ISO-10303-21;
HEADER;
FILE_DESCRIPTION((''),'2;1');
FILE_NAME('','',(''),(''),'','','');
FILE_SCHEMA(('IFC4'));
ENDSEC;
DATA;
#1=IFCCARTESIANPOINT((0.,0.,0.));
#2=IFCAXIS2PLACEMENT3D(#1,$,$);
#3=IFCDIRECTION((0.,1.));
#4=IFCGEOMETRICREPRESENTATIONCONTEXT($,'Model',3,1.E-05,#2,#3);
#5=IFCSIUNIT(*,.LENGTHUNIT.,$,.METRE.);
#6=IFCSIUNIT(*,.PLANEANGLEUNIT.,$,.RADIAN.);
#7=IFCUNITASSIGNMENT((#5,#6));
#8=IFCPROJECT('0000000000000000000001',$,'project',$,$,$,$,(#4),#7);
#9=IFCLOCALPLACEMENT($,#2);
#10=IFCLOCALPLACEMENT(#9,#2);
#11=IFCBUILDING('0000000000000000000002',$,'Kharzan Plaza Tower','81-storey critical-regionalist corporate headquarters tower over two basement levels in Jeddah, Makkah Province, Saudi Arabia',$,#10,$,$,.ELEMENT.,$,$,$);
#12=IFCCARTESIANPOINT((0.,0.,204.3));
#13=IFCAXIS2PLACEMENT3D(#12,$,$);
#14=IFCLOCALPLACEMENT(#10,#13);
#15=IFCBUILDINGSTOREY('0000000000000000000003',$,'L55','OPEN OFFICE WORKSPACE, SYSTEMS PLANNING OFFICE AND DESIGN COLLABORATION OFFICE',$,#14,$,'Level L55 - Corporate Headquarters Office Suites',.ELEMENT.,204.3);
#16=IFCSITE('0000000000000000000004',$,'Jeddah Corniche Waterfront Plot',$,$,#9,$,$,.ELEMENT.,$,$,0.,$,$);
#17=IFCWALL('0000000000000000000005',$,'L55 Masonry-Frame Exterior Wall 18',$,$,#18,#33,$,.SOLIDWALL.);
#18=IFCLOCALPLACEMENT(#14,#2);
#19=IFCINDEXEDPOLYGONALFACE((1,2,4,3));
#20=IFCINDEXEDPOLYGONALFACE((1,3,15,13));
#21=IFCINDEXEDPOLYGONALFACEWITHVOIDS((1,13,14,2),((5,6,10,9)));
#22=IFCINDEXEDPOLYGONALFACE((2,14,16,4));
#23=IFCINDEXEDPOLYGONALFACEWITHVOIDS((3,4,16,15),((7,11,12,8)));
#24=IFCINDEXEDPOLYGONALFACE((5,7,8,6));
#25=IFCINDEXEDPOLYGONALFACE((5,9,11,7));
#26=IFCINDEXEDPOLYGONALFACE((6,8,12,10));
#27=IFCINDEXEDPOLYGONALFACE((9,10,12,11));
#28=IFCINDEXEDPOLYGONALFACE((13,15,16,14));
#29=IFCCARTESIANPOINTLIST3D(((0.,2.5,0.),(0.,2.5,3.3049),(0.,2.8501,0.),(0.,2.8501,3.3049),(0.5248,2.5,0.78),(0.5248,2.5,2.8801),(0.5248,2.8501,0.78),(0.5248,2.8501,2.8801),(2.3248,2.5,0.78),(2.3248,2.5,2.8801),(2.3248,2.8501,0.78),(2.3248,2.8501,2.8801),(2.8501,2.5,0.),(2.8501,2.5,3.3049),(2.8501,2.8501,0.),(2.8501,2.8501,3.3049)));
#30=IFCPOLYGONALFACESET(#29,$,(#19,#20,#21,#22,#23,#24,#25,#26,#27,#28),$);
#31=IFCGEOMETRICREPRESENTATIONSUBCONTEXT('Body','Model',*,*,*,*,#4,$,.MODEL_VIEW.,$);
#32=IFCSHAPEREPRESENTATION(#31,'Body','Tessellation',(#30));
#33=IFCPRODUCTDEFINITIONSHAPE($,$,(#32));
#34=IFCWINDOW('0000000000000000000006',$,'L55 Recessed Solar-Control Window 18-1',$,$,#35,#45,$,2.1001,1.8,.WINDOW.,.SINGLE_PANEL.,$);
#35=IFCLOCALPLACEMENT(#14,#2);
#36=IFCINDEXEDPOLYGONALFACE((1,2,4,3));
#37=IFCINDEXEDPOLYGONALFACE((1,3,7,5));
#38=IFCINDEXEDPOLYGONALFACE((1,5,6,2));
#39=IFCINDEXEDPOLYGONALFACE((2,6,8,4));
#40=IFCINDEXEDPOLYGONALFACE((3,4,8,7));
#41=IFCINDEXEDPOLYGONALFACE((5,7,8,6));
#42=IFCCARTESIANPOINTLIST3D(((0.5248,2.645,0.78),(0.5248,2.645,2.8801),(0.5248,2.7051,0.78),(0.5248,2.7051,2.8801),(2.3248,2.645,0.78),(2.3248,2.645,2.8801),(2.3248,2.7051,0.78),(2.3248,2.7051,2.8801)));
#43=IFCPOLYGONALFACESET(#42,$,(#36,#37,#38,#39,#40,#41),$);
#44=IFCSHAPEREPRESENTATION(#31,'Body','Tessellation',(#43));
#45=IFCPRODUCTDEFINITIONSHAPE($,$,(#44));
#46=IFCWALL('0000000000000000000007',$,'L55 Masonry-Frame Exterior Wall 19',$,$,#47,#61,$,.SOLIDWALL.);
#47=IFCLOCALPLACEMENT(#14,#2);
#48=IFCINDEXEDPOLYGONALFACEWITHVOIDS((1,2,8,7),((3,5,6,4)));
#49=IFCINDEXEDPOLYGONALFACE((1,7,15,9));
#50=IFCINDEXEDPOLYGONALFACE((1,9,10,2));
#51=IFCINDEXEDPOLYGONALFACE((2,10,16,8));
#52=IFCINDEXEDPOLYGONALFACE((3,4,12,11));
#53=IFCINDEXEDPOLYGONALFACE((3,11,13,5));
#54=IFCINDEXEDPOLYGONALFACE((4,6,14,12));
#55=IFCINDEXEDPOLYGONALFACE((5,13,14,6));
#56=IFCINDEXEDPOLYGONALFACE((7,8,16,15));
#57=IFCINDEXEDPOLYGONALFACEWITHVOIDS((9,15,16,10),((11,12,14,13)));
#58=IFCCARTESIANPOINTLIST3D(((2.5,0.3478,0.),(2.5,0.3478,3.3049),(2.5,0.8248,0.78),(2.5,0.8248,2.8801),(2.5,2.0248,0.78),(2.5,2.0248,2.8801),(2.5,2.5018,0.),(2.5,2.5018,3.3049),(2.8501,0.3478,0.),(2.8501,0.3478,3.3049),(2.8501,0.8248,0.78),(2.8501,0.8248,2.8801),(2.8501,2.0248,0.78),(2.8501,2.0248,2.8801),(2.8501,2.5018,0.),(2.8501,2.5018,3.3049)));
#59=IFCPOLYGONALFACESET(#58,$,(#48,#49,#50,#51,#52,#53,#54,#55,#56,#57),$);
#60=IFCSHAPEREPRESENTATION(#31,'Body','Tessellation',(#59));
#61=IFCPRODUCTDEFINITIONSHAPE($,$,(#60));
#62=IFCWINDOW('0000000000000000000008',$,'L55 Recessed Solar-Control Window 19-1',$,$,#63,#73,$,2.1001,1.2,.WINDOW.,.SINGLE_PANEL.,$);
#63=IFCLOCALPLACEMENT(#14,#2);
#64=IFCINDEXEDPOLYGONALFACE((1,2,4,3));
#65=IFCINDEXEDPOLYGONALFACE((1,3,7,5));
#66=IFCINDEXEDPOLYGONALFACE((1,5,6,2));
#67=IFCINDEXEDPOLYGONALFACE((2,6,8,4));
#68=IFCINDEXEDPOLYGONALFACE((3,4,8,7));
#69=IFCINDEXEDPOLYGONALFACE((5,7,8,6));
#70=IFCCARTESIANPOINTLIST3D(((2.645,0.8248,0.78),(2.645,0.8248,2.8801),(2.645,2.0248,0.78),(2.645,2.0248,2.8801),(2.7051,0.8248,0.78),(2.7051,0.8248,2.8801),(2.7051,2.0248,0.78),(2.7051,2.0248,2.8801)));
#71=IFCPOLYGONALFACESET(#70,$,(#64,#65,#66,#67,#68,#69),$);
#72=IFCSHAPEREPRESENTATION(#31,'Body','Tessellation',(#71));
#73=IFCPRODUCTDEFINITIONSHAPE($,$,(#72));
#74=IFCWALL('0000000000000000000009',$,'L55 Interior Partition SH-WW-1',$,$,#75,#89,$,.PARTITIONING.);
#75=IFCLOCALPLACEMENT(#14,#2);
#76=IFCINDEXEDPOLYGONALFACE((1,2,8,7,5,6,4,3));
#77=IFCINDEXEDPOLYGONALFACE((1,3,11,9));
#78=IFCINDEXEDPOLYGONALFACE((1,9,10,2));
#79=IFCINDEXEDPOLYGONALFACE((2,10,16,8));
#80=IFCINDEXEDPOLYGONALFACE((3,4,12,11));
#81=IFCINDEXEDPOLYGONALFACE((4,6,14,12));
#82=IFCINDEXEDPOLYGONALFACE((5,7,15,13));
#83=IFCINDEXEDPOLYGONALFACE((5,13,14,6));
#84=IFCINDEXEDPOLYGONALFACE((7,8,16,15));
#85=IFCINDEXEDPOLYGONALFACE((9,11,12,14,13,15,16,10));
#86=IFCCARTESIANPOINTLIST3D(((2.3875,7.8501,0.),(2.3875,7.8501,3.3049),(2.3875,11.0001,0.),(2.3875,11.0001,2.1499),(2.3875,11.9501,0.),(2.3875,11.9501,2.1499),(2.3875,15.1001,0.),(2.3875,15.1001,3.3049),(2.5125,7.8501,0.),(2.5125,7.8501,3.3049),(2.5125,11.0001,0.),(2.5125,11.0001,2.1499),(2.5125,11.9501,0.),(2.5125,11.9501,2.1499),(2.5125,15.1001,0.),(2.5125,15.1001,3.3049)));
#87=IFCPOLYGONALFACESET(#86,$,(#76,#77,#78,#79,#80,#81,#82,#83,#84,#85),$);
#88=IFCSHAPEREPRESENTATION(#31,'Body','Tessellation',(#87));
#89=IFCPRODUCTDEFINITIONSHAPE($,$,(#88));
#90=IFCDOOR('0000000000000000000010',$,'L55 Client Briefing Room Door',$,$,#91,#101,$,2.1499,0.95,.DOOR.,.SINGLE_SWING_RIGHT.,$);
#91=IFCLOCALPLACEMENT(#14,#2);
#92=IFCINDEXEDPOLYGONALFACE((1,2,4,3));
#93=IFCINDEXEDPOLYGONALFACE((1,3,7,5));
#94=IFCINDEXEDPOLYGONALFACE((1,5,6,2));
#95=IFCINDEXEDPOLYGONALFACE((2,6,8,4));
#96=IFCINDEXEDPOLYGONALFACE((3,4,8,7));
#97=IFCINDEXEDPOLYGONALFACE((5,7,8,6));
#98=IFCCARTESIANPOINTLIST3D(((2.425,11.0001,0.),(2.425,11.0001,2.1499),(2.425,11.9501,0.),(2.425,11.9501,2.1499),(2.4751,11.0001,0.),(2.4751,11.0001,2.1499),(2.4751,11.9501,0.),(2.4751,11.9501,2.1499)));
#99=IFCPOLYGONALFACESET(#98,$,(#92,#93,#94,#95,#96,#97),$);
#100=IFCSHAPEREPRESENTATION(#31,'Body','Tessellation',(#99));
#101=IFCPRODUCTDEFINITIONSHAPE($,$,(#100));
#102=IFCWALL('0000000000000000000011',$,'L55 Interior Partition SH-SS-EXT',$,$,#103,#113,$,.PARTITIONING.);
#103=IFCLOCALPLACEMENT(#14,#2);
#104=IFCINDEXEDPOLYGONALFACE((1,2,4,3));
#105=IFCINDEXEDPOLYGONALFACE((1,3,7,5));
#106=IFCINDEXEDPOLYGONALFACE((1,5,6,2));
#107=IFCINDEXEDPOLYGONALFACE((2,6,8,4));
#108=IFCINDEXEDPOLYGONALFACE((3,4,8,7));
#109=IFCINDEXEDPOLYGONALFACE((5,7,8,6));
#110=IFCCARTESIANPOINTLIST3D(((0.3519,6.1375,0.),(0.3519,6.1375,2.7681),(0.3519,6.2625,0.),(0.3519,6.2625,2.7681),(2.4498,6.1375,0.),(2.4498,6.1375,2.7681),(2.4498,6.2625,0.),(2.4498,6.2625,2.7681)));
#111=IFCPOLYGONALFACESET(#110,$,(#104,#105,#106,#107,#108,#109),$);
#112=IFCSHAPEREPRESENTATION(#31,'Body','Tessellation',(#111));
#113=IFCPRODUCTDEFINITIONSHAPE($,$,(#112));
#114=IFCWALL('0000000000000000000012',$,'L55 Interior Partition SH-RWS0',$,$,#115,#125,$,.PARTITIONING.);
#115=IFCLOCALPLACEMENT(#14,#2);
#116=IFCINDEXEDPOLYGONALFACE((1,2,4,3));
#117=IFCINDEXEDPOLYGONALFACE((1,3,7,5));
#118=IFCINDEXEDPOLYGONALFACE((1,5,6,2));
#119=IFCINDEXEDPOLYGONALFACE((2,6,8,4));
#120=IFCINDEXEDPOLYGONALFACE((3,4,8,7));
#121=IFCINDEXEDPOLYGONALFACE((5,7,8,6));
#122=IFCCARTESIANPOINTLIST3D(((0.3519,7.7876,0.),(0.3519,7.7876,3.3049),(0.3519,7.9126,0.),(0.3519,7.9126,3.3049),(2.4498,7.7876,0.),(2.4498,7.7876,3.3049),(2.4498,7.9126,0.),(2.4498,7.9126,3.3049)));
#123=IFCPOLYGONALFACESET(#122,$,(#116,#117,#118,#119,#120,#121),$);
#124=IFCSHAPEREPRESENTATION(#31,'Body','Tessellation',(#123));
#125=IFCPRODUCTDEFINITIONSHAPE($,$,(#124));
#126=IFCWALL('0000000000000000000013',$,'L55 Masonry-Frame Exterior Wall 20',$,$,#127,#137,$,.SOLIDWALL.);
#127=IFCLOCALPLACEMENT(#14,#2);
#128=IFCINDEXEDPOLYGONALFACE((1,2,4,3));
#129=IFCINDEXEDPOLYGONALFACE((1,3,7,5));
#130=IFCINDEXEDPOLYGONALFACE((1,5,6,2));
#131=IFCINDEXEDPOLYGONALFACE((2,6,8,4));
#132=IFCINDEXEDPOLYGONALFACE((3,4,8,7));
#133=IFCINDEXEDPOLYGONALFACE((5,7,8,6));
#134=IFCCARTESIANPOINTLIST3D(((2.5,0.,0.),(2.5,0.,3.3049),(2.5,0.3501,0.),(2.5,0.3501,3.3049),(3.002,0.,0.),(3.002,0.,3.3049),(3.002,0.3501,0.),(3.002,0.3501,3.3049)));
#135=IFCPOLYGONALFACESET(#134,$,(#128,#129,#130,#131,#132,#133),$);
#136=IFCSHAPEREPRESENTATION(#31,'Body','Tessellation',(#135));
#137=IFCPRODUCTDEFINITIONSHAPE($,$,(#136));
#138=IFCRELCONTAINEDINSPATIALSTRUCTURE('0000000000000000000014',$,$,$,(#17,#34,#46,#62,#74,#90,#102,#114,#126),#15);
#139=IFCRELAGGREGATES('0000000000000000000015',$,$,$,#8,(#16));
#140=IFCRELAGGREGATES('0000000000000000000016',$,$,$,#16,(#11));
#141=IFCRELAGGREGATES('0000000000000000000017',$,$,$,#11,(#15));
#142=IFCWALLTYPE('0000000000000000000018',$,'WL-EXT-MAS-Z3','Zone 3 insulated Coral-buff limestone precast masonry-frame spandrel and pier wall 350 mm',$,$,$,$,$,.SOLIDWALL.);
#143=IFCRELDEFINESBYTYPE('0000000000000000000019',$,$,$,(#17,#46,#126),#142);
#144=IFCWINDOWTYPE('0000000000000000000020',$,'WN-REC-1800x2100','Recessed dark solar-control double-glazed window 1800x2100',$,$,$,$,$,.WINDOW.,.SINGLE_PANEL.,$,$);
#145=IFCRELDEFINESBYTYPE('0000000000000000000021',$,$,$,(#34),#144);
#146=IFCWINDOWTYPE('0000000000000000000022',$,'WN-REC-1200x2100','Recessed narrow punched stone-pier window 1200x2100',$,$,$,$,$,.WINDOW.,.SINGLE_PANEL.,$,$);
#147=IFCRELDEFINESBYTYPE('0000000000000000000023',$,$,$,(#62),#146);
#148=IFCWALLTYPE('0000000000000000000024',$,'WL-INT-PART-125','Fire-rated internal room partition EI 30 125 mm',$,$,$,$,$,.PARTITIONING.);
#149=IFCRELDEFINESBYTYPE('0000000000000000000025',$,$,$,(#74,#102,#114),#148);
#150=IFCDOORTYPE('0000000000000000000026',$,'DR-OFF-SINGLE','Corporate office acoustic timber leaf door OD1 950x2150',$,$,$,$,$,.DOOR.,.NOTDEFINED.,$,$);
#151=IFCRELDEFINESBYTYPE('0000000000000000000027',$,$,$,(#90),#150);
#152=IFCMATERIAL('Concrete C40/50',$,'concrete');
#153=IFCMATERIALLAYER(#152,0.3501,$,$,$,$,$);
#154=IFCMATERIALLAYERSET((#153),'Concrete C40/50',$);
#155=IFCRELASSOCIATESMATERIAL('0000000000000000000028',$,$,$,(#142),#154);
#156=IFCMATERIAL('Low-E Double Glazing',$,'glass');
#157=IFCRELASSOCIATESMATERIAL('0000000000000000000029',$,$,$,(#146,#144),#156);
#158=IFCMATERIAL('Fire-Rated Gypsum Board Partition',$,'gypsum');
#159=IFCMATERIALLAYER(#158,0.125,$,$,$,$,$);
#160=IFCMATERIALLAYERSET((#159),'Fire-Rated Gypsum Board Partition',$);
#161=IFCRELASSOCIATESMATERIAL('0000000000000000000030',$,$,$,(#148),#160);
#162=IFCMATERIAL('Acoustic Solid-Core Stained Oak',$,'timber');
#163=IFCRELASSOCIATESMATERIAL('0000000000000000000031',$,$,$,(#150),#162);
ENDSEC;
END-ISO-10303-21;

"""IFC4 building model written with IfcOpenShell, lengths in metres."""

from ifc_helpers import new_model, si_unit, direction, frame, frame_2d, origin, place, context, subcontext, project, spatial, rectangle, extrude, source, transform, mapped, material, layer, layer_set, type_object, element, fill, save


model = new_model("IFC4")

# Units and contexts
model_context = context("Model", 3, precision=1e-05, world=origin(), true_north=direction((0.0, 1.0)))
body_context = subcontext(model_context, "Body", "Model", "MODEL_VIEW")
ifc_project = project(units=[si_unit("LENGTHUNIT", "METRE"), si_unit("PLANEANGLEUNIT", "RADIAN")], contexts=[model_context])

# Site, building, storey
site_placement = place(None, origin())
site = spatial("IfcSite", under=ifc_project, at=site_placement, Name="Jeddah Corniche Waterfront Plot", CompositionType="ELEMENT", RefElevation=0.0)
building_placement = place(site_placement, origin())
building = spatial("IfcBuilding", under=site, at=building_placement, Name="Kharzan Plaza Tower", Description="81-storey critical-regionalist corporate headquarters tower over two basement levels in Jeddah, Makkah Province, Saudi Arabia", CompositionType="ELEMENT")
storey_placement = place(building_placement, frame((0.0, 0.0, 204.3)))
storey = spatial("IfcBuildingStorey", under=building, at=storey_placement, Name="L55", Description="OPEN OFFICE WORKSPACE, SYSTEMS PLANNING OFFICE AND DESIGN COLLABORATION OFFICE", LongName="Level L55 - Corporate Headquarters Office Suites", CompositionType="ELEMENT", Elevation=204.3)

# Shared definitions
ifc_material_1 = material(Name="Concrete C40/50", Category="concrete")

# Walls, openings, windows
ifc_layer_1 = layer(ifc_material_1, 0.3501)
ifc_layer_set_1 = layer_set([ifc_layer_1], Name="Concrete C40/50")
wall_type_1 = type_object("IfcWallType", Name="WL-EXT-MAS-Z3", Description="Zone 3 insulated Coral-buff limestone precast masonry-frame spandrel and pier wall 350 mm", PredefinedType="SOLIDWALL", material=ifc_layer_set_1)
ifc_material_2 = material(Name="Low-E Double Glazing", Category="glass")
window_type_1 = type_object("IfcWindowType", Name="WN-REC-1200x2100", Description="Recessed narrow punched stone-pier window 1200x2100", PartitioningType="SINGLE_PANEL", PredefinedType="WINDOW", material=ifc_material_2)
wall_1_placement = place(storey_placement, frame((0.0, 2.675, 0.0), z_axis=(0.0, 0.0, 1.0), x_axis=(1.0, 0.0, 0.0)))
wall_1 = element("IfcWall", 1, at=wall_1_placement, inside=storey, type_object=wall_type_1, Name="L55 Masonry-Frame Exterior Wall 18", PredefinedType="SOLIDWALL", context=body_context, shape_type="SweptSolid", body=[
    extrude(rectangle(XDim=2.8501, YDim=0.3501, at=frame_2d((1.425, 0.0))), origin(), (0.0, 0.0, 1.0), 3.3049),
])
opening_1_placement = place(wall_1_placement, frame((0.5249, 0.0, 0.78)))
opening_1 = element("IfcOpeningElement", 2, at=opening_1_placement, cuts=wall_1, PredefinedType="OPENING", context=body_context, shape_type="SweptSolid", body=[
    extrude(rectangle(XDim=1.8, YDim=2.1001, at=frame_2d((0.8999, 1.05))), frame((0.0, 0.1851, 0.0), z_axis=(0.0, -1.0, 0.0), x_axis=(1.0, 0.0, 0.0)), (0.0, 0.0, 1.0), 0.3701),
])
window_type_2 = type_object("IfcWindowType", Name="WN-REC-1800x2100", Description="Recessed dark solar-control double-glazed window 1800x2100", PartitioningType="SINGLE_PANEL", PredefinedType="WINDOW", material=ifc_material_2)
shared_shape_1 = source(origin(), body_context, "Body", "SweptSolid", [
    extrude(rectangle(XDim=1.8, YDim=2.1001, at=frame_2d((0.8999, 1.05))), frame((0.0, 0.03, 0.0), z_axis=(0.0, -1.0, 0.0), x_axis=(1.0, 0.0, 0.0)), (0.0, 0.0, 1.0), 0.0601),
])
window_1_placement = place(opening_1_placement, origin())
window_1 = element("IfcWindow", 3, at=window_1_placement, inside=storey, type_object=window_type_2, Name="L55 Recessed Solar-Control Window 18-1", OverallHeight=2.1001, OverallWidth=1.8, PartitioningType="SINGLE_PANEL", PredefinedType="WINDOW", context=body_context, shape_type="MappedRepresentation", body=[
    mapped(shared_shape_1, transform((0.0, 0.0, 0.0), x_axis=(1.0, 0.0, 0.0), y_axis=(0.0, 1.0, 0.0), z_axis=(0.0, 0.0, 1.0))),
])
fill(opening_1, window_1)
wall_2_placement = place(storey_placement, frame((2.675, 2.502, 0.0), z_axis=(0.0, 0.0, 1.0), x_axis=(0.0, -1.0, 0.0)))
wall_2 = element("IfcWall", 4, at=wall_2_placement, inside=storey, type_object=wall_type_1, Name="L55 Masonry-Frame Exterior Wall 19", PredefinedType="SOLIDWALL", context=body_context, shape_type="SweptSolid", body=[
    extrude(rectangle(XDim=2.1541, YDim=0.3501, at=frame_2d((1.0771, 0.0))), origin(), (0.0, 0.0, 1.0), 3.3049),
])
opening_2_placement = place(wall_2_placement, frame((0.4771, 0.0, 0.78)))
opening_2 = element("IfcOpeningElement", 5, at=opening_2_placement, cuts=wall_2, PredefinedType="OPENING", context=body_context, shape_type="SweptSolid", body=[
    extrude(rectangle(XDim=1.2, YDim=2.1001, at=frame_2d((0.6001, 1.05))), frame((0.0, 0.1851, 0.0), z_axis=(0.0, -1.0, 0.0), x_axis=(1.0, 0.0, 0.0)), (0.0, 0.0, 1.0), 0.3701),
])
shared_shape_2 = source(origin(), body_context, "Body", "SweptSolid", [
    extrude(rectangle(XDim=1.2, YDim=2.1001, at=frame_2d((0.6001, 1.05))), frame((0.0, 0.03, 0.0), z_axis=(0.0, -1.0, 0.0), x_axis=(1.0, 0.0, 0.0)), (0.0, 0.0, 1.0), 0.0601),
])
window_2_placement = place(opening_2_placement, origin())
window_2 = element("IfcWindow", 6, at=window_2_placement, inside=storey, type_object=window_type_1, Name="L55 Recessed Solar-Control Window 19-1", OverallHeight=2.1001, OverallWidth=1.2, PartitioningType="SINGLE_PANEL", PredefinedType="WINDOW", context=body_context, shape_type="MappedRepresentation", body=[
    mapped(shared_shape_2, transform((0.0, 0.0, 0.0), x_axis=(1.0, 0.0, 0.0), y_axis=(0.0, 1.0, 0.0), z_axis=(0.0, 0.0, 1.0))),
])
fill(opening_2, window_2)

# Wall, opening, door
ifc_material_3 = material(Name="Fire-Rated Gypsum Board Partition", Category="gypsum")
ifc_layer_2 = layer(ifc_material_3, 0.125)
ifc_layer_set_2 = layer_set([ifc_layer_2], Name="Fire-Rated Gypsum Board Partition")
wall_type_2 = type_object("IfcWallType", Name="WL-INT-PART-125", Description="Fire-rated internal room partition EI 30 125 mm", PredefinedType="PARTITIONING", material=ifc_layer_set_2)
ifc_material_4 = material(Name="Acoustic Solid-Core Stained Oak", Category="timber")
door_type = type_object("IfcDoorType", Name="DR-OFF-SINGLE", Description="Corporate office acoustic timber leaf door OD1 950x2150", OperationType="NOTDEFINED", PredefinedType="DOOR", material=ifc_material_4)
shared_shape_3 = source(origin(), body_context, "Body", "SweptSolid", [
    extrude(rectangle(XDim=0.95, YDim=2.1499, at=frame_2d((0.4751, 1.075))), frame((0.0, 0.0249, 0.0), z_axis=(0.0, -1.0, 0.0), x_axis=(1.0, 0.0, 0.0)), (0.0, 0.0, 1.0), 0.05),
])
wall_3_placement = place(storey_placement, frame((2.45, 7.8501, 0.0), z_axis=(0.0, 0.0, 1.0), x_axis=(0.0, 1.0, 0.0)))
wall_3 = element("IfcWall", 7, at=wall_3_placement, inside=storey, type_object=wall_type_2, Name="L55 Interior Partition SH-WW-1", PredefinedType="PARTITIONING", context=body_context, shape_type="SweptSolid", body=[
    extrude(rectangle(XDim=7.25, YDim=0.125, at=frame_2d((3.625, 0.0))), origin(), (0.0, 0.0, 1.0), 3.3049),
])
opening_3_placement = place(wall_3_placement, frame((3.1499, 0.0, 0.0)))
opening_3 = element("IfcOpeningElement", 8, at=opening_3_placement, cuts=wall_3, PredefinedType="OPENING", context=body_context, shape_type="SweptSolid", body=[
    extrude(rectangle(XDim=0.95, YDim=2.1499, at=frame_2d((0.4751, 1.075))), frame((0.0, 0.0725, 0.0), z_axis=(0.0, -1.0, 0.0), x_axis=(1.0, 0.0, 0.0)), (0.0, 0.0, 1.0), 0.145),
])
door_1_placement = place(opening_3_placement, origin())
door_1 = element("IfcDoor", 9, at=door_1_placement, inside=storey, type_object=door_type, Name="L55 Client Briefing Room Door", OperationType="SINGLE_SWING_RIGHT", OverallHeight=2.1499, OverallWidth=0.95, PredefinedType="DOOR", context=body_context, shape_type="MappedRepresentation", body=[
    mapped(shared_shape_3, transform((0.0, 0.0, 0.0), x_axis=(1.0, 0.0, 0.0), y_axis=(0.0, 1.0, 0.0), z_axis=(0.0, 0.0, 1.0))),
])
fill(opening_3, door_1)

# Walls
shared_shape_4 = source(origin(), body_context, "Body", "SweptSolid", [
    extrude(rectangle(XDim=2.0979, YDim=0.125, at=frame_2d((1.0488, 0.0))), origin(), (0.0, 0.0, 1.0), 2.7681),
])
wall_4_placement = place(storey_placement, frame((0.3521, 6.2, 0.0), z_axis=(0.0, 0.0, 1.0), x_axis=(1.0, 0.0, 0.0)))
element("IfcWall", 10, at=wall_4_placement, inside=storey, type_object=wall_type_2, Name="L55 Interior Partition SH-SS-EXT", PredefinedType="PARTITIONING", context=body_context, shape_type="MappedRepresentation", body=[
    mapped(shared_shape_4, transform((0.0, 0.0, 0.0), x_axis=(1.0, 0.0, 0.0), y_axis=(0.0, 1.0, 0.0), z_axis=(0.0, 0.0, 1.0))),
])
shared_shape_5 = source(origin(), body_context, "Body", "SweptSolid", [
    extrude(rectangle(XDim=2.0979, YDim=0.125, at=frame_2d((1.0488, 0.0))), origin(), (0.0, 0.0, 1.0), 3.3049),
])
wall_5_placement = place(storey_placement, frame((0.3521, 7.8501, 0.0), z_axis=(0.0, 0.0, 1.0), x_axis=(1.0, 0.0, 0.0)))
element("IfcWall", 11, at=wall_5_placement, inside=storey, type_object=wall_type_2, Name="L55 Interior Partition SH-RWS0", PredefinedType="PARTITIONING", context=body_context, shape_type="MappedRepresentation", body=[
    mapped(shared_shape_5, transform((0.0, 0.0, 0.0), x_axis=(1.0, 0.0, 0.0), y_axis=(0.0, 1.0, 0.0), z_axis=(0.0, 0.0, 1.0))),
])
shared_shape_6 = source(origin(), body_context, "Body", "SweptSolid", [
    extrude(rectangle(XDim=0.502, YDim=0.3501, at=frame_2d((0.251, 0.0))), origin(), (0.0, 0.0, 1.0), 3.3049),
])
wall_6_placement = place(storey_placement, frame((2.5, 0.175, 0.0), z_axis=(0.0, 0.0, 1.0), x_axis=(1.0, 0.0, 0.0)))
element("IfcWall", 12, at=wall_6_placement, inside=storey, type_object=wall_type_1, Name="L55 Masonry-Frame Exterior Wall 20", PredefinedType="SOLIDWALL", context=body_context, shape_type="MappedRepresentation", body=[
    mapped(shared_shape_6, transform((0.0, 0.0, 0.0), x_axis=(1.0, 0.0, 0.0), y_axis=(0.0, 1.0, 0.0), z_axis=(0.0, 0.0, 1.0))),
])

save(model, "model.ifc")
